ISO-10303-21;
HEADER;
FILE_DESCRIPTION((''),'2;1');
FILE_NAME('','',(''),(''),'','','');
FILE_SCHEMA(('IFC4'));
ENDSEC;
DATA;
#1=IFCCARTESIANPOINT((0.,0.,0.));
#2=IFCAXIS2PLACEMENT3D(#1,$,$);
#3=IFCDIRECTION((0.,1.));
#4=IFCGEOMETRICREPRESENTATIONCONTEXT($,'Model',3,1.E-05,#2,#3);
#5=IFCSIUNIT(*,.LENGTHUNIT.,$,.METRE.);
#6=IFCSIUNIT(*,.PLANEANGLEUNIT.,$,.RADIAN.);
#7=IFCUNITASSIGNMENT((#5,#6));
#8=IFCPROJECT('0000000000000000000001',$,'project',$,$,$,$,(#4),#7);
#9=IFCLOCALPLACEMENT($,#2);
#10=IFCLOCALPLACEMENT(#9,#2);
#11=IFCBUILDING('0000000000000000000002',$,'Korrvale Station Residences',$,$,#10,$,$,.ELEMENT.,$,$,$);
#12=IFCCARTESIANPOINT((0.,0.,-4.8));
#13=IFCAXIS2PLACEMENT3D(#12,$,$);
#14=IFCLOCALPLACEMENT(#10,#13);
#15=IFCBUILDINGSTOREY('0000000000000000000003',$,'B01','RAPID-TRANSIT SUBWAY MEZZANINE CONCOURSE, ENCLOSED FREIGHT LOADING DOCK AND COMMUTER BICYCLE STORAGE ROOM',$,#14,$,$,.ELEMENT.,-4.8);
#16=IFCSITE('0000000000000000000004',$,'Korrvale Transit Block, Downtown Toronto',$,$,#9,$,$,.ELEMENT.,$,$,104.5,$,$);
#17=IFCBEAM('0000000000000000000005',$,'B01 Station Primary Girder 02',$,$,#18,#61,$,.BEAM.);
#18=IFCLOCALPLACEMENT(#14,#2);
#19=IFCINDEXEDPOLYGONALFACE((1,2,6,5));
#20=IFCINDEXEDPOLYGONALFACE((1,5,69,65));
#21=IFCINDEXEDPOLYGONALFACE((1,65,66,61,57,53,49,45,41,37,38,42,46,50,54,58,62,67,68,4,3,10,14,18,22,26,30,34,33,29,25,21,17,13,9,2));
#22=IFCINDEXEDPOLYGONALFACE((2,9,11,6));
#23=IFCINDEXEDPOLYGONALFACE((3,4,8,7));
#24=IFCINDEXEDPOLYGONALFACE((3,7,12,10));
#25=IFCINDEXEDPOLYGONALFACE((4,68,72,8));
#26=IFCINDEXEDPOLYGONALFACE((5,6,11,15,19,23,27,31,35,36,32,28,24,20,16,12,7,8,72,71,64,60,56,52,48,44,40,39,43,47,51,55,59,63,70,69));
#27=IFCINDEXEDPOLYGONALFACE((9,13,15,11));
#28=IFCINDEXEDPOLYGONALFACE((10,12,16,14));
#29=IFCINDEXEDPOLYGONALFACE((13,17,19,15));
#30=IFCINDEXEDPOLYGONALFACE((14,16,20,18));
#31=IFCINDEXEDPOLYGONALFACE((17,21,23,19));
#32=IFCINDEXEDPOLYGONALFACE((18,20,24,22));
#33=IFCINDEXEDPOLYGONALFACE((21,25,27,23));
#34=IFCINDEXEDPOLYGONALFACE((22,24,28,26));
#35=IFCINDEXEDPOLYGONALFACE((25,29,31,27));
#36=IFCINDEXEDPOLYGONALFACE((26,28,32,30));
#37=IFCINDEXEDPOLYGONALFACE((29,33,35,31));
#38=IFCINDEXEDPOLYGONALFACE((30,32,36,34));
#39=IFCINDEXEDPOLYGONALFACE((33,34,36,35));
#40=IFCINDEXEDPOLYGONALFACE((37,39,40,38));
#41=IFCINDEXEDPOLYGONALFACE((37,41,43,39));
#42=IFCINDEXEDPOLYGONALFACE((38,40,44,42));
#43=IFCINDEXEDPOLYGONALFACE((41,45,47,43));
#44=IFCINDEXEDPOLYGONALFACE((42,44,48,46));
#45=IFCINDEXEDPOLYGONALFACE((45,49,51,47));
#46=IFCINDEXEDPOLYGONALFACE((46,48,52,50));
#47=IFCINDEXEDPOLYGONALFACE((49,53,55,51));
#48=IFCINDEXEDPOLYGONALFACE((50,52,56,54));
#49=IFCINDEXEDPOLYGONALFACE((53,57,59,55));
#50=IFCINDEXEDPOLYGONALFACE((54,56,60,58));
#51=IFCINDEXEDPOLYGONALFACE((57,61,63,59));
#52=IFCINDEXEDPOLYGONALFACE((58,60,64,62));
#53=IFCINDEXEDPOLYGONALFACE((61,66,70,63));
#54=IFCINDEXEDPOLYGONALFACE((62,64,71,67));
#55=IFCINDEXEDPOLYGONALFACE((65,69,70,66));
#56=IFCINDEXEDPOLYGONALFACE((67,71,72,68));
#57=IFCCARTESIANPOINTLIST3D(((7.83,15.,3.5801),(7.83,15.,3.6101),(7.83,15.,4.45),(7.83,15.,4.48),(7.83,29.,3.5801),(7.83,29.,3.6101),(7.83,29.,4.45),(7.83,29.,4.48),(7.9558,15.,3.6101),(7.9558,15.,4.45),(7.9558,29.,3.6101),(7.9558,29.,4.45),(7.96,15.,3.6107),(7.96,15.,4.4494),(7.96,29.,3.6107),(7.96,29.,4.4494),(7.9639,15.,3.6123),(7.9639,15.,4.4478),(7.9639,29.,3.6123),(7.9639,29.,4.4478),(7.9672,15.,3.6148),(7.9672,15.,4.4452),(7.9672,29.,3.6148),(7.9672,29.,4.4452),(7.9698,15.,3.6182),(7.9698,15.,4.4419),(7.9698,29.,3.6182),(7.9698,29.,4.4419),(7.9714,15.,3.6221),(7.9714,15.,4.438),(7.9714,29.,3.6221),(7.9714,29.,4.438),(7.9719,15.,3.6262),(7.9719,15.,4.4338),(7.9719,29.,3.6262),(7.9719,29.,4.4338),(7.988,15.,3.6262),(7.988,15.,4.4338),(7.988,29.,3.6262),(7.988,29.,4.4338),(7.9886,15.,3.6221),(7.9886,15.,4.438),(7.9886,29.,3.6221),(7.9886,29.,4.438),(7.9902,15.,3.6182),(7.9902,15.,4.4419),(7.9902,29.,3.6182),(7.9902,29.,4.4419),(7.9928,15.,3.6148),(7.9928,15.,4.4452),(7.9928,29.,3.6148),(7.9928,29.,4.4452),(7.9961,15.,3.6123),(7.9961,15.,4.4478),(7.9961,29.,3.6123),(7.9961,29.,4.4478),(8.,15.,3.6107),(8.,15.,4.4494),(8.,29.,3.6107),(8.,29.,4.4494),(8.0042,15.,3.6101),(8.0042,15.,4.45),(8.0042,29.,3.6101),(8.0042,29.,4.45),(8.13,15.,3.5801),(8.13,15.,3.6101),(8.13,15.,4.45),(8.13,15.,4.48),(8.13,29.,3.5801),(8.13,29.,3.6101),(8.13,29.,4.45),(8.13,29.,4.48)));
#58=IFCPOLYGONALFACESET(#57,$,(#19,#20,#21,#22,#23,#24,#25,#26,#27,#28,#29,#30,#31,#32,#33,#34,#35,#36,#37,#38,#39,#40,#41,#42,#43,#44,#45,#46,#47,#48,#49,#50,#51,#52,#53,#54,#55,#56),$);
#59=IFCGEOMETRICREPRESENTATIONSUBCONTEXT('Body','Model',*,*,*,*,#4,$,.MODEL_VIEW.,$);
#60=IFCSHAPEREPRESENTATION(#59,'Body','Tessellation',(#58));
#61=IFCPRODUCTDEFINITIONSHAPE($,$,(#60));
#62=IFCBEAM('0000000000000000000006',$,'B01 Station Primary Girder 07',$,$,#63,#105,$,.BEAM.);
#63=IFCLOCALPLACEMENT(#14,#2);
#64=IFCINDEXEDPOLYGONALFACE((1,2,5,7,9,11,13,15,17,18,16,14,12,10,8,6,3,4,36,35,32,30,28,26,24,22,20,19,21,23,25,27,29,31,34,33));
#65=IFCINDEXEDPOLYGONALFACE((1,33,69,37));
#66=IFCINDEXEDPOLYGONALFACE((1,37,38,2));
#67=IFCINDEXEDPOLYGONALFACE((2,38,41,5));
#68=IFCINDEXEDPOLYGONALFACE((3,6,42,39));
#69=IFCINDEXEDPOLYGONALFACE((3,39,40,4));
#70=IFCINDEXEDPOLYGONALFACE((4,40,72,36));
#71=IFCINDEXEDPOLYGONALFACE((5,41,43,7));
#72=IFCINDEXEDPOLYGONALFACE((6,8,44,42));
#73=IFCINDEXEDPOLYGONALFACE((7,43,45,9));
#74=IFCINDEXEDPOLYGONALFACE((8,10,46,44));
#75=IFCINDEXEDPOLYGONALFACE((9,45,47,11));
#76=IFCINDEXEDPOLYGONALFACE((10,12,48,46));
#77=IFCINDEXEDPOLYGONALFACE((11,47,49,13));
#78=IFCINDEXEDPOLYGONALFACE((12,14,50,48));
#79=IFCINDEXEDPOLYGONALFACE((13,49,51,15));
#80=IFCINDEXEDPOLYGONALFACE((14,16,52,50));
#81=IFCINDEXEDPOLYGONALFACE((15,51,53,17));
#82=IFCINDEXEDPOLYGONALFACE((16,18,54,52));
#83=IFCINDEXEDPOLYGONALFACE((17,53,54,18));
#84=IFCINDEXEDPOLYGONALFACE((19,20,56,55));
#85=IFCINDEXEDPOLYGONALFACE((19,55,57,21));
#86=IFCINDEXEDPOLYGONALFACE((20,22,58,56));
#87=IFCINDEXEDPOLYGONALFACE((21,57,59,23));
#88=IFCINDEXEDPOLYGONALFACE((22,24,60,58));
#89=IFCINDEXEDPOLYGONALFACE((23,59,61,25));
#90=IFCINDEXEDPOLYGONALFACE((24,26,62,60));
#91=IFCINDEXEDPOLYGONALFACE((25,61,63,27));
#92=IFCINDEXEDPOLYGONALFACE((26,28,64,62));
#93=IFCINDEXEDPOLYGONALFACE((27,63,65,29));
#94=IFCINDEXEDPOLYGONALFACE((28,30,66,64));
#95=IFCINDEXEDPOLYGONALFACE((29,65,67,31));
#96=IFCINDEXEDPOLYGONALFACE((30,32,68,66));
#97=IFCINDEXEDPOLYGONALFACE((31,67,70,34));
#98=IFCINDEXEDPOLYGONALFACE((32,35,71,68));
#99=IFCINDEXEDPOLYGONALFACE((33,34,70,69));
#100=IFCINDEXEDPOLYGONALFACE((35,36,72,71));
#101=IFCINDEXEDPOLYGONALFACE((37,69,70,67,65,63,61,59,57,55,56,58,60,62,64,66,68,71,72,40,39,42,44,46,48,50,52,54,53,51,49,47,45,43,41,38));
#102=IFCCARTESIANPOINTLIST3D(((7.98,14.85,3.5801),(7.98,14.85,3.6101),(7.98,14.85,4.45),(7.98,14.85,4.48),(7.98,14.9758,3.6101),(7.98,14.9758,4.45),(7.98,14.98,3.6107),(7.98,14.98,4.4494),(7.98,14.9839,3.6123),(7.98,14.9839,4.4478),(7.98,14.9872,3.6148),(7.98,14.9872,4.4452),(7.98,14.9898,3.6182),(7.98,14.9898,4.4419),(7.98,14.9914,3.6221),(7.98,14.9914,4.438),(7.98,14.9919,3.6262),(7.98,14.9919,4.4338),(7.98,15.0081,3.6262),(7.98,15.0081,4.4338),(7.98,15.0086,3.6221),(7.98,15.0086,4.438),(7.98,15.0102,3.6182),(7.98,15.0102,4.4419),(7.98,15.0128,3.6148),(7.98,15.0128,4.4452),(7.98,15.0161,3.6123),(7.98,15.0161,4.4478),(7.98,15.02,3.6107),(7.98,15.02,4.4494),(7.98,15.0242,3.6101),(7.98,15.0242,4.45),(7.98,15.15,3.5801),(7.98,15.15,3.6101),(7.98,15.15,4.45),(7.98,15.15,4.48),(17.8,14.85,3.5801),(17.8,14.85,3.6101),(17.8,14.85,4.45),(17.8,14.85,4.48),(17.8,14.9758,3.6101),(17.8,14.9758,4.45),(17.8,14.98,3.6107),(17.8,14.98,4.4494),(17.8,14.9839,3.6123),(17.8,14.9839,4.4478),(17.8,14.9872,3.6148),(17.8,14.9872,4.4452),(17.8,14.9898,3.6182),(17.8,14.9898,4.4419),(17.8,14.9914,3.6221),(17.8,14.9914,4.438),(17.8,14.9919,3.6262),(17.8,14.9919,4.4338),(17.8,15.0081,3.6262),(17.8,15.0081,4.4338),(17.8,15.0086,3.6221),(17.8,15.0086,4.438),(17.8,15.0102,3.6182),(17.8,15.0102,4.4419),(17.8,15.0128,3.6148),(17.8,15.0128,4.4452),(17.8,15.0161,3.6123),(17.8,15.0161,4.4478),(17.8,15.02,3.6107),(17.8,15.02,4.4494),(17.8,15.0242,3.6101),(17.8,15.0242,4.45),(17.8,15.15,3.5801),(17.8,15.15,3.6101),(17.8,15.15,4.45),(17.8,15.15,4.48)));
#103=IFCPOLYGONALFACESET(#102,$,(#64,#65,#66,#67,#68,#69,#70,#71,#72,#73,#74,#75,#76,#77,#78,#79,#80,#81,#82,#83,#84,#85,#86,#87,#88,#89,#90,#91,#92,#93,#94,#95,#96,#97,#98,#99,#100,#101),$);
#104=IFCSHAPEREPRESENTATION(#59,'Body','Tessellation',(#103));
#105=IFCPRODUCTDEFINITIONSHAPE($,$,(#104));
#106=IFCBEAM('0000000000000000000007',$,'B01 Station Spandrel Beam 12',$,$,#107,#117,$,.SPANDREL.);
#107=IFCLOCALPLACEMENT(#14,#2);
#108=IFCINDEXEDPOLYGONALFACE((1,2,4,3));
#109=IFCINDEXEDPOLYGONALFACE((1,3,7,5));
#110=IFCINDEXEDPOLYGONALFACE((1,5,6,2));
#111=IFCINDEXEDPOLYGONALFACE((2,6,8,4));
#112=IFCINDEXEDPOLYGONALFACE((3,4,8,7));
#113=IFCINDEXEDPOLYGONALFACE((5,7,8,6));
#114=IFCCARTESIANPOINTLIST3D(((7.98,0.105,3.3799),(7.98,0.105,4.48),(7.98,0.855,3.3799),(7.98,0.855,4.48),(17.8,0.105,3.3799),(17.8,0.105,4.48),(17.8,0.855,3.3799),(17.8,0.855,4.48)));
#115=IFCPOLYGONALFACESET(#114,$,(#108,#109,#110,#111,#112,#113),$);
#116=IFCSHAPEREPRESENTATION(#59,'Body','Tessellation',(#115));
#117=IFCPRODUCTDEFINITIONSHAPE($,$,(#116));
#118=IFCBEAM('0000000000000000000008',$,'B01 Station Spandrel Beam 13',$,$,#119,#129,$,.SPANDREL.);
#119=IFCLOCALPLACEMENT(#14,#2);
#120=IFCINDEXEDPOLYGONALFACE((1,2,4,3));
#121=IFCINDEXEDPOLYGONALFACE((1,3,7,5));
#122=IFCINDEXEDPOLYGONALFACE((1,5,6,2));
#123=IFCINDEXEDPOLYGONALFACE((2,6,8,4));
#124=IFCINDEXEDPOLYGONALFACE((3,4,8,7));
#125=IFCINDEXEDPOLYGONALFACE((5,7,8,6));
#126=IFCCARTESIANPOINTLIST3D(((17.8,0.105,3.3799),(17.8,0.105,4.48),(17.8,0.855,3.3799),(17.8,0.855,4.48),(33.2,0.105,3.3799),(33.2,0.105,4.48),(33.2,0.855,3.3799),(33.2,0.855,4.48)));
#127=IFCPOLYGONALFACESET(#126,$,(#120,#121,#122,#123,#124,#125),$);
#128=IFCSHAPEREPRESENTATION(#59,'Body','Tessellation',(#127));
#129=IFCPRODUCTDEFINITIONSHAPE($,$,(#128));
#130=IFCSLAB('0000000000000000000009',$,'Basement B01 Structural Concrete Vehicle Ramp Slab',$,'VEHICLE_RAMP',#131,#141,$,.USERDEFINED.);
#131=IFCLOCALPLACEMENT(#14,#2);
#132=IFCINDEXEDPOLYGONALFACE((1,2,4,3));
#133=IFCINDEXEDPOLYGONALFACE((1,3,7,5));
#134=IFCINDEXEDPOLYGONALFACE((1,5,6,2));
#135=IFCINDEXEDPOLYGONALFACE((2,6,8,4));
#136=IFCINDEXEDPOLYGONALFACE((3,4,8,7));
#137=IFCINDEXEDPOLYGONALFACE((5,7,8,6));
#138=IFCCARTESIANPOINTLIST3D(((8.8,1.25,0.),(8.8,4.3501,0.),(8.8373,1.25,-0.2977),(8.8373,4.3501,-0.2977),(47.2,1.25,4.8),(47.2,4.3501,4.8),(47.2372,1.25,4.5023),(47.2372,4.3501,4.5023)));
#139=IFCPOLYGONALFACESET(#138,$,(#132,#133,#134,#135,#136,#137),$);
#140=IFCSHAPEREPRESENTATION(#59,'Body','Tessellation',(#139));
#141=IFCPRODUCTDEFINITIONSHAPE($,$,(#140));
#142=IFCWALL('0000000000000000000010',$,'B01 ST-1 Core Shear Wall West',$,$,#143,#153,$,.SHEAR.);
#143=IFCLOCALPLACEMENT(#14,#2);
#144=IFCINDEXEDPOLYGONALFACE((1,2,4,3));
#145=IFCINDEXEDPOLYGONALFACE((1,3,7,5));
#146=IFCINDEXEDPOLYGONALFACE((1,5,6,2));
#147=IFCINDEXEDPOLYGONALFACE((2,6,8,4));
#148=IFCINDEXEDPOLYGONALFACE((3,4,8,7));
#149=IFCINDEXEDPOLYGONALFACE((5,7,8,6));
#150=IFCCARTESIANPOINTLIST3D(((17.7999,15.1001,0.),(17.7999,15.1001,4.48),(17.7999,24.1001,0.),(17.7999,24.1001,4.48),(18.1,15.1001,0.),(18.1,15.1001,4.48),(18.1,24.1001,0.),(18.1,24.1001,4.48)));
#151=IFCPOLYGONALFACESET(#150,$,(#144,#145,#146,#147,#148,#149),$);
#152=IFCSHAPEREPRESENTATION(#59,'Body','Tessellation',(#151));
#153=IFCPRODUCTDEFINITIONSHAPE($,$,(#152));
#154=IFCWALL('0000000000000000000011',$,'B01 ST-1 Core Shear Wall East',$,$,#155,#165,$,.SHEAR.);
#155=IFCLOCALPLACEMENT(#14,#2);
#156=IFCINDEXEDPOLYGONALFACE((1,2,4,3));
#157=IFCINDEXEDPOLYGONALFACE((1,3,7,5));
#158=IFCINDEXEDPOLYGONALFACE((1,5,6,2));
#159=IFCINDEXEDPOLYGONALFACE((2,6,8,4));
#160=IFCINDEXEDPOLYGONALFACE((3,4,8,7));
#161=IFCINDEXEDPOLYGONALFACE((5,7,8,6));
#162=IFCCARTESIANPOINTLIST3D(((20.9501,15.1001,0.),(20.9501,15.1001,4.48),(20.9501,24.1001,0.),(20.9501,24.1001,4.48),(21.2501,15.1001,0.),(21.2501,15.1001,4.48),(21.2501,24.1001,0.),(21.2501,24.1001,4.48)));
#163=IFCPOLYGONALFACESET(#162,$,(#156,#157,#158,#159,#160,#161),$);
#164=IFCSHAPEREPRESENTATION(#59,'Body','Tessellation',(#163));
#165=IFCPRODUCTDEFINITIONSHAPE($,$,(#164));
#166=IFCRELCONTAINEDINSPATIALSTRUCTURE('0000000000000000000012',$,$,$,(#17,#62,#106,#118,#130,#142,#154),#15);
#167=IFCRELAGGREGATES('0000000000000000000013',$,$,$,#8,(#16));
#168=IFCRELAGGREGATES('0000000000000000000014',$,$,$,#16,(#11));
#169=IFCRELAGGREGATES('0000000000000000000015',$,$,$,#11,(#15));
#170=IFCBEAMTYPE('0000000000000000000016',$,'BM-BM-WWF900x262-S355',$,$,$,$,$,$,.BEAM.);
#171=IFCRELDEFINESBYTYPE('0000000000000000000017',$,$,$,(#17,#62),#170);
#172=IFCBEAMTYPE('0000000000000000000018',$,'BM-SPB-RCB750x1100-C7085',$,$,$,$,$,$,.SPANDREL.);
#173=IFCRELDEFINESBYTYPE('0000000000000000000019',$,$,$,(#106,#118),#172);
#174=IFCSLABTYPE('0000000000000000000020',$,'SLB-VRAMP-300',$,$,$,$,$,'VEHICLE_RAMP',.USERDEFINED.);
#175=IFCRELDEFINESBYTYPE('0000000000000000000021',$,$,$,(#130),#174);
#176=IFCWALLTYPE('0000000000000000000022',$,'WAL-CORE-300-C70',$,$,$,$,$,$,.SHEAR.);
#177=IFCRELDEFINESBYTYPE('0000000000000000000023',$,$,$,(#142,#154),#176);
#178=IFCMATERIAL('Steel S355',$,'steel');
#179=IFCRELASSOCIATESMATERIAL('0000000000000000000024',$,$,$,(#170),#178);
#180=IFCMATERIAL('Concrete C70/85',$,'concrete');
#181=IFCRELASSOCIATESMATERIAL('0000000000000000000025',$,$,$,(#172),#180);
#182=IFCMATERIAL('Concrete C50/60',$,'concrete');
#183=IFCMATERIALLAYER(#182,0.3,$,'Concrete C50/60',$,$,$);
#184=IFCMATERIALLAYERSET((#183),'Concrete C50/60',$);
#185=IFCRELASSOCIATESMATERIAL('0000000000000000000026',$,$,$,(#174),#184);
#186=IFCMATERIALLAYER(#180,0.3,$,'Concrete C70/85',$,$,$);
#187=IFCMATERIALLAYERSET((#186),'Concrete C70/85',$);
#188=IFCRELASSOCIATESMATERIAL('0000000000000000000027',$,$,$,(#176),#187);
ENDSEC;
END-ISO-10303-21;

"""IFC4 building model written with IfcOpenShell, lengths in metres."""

from ifc_helpers import new_model, si_unit, direction, frame, frame_2d, origin, origin_2d, place, context, subcontext, project, spatial, polyline, rectangle, i_section, outline, extrude, material, layer, layer_set, material_profile, profile_set, type_object, element, save


model = new_model("IFC4")

# Units and contexts
model_context = context("Model", 3, precision=1e-05, world=origin(), true_north=direction((0.0, 1.0)))
body_context = subcontext(model_context, "Body", "Model", "MODEL_VIEW")
ifc_project = project(units=[si_unit("LENGTHUNIT", "METRE"), si_unit("PLANEANGLEUNIT", "RADIAN")], contexts=[model_context])

# Site, building, storey
site_placement = place(None, origin())
site = spatial("IfcSite", under=ifc_project, at=site_placement, Name="Korrvale Transit Block, Downtown Toronto", CompositionType="ELEMENT", RefElevation=104.5)
building_placement = place(site_placement, origin())
building = spatial("IfcBuilding", under=site, at=building_placement, Name="Korrvale Station Residences", CompositionType="ELEMENT")
storey_placement = place(building_placement, frame((0.0, 0.0, -4.8)))
storey = spatial("IfcBuildingStorey", under=building, at=storey_placement, Name="B01", Description="RAPID-TRANSIT SUBWAY MEZZANINE CONCOURSE, ENCLOSED FREIGHT LOADING DOCK AND COMMUTER BICYCLE STORAGE ROOM", CompositionType="ELEMENT", Elevation=-4.8)

# Shared definitions
ifc_material_1 = material(Name="Concrete C70/85", Category="concrete")
ifc_material_2 = material(Name="Concrete C50/60", Category="concrete")

# Beams
ifc_material_3 = material(Name="Steel S355", Category="steel")
ifc_material_profile_1 = material_profile(ifc_material_3, i_section(OverallWidth=0.3, OverallDepth=0.8999, WebThickness=0.0161, FlangeThickness=0.03, FilletRadius=0.0161, at=origin_2d()), Name="WWF900x262")
ifc_profile_set_1 = profile_set([ifc_material_profile_1], Name="Steel S355")
beam_type_1 = type_object("IfcBeamType", Name="BM-BM-WWF900x262-S355", PredefinedType="BEAM", material=ifc_profile_set_1)
beam_1_placement = place(storey_placement, frame((7.98, 15.0, 4.03), z_axis=(0.0, 1.0, 0.0), x_axis=(-1.0, 0.0, 0.0)))
element("IfcBeam", 1, at=beam_1_placement, inside=storey, type_object=beam_type_1, Name="B01 Station Primary Girder 02", PredefinedType="BEAM", context=body_context, shape_type="SweptSolid", body=[
    extrude(i_section(OverallWidth=0.3, OverallDepth=0.8999, WebThickness=0.0161, FlangeThickness=0.03, FilletRadius=0.0161, at=origin_2d()), origin(), (0.0, 0.0, 1.0), 14.0),
])
beam_2_placement = place(storey_placement, frame((7.98, 15.0, 4.03), z_axis=(1.0, 0.0, 0.0), x_axis=(0.0, 1.0, 0.0)))
element("IfcBeam", 2, at=beam_2_placement, inside=storey, type_object=beam_type_1, Name="B01 Station Primary Girder 07", PredefinedType="BEAM", context=body_context, shape_type="SweptSolid", body=[
    extrude(i_section(OverallWidth=0.3, OverallDepth=0.8999, WebThickness=0.0161, FlangeThickness=0.03, FilletRadius=0.0161, at=origin_2d()), origin(), (0.0, 0.0, 1.0), 9.8201),
])
ifc_material_profile_2 = material_profile(ifc_material_1, rectangle(XDim=0.75, YDim=1.1001, at=origin_2d()), Name="RCB750x1100")
ifc_profile_set_2 = profile_set([ifc_material_profile_2], Name="Concrete C70/85")
beam_type_2 = type_object("IfcBeamType", Name="BM-SPB-RCB750x1100-C7085", PredefinedType="SPANDREL", material=ifc_profile_set_2)
beam_3_placement = place(storey_placement, frame((7.98, 0.48, 3.9299), z_axis=(1.0, 0.0, 0.0), x_axis=(0.0, 1.0, 0.0)))
element("IfcBeam", 3, at=beam_3_placement, inside=storey, type_object=beam_type_2, Name="B01 Station Spandrel Beam 12", PredefinedType="SPANDREL", context=body_context, shape_type="SweptSolid", body=[
    extrude(rectangle(XDim=0.75, YDim=1.1001, at=origin_2d()), origin(), (0.0, 0.0, 1.0), 9.8201),
])
beam_4_placement = place(storey_placement, frame((17.8, 0.48, 3.9299), z_axis=(1.0, 0.0, 0.0), x_axis=(0.0, 1.0, 0.0)))
element("IfcBeam", 4, at=beam_4_placement, inside=storey, type_object=beam_type_2, Name="B01 Station Spandrel Beam 13", PredefinedType="SPANDREL", context=body_context, shape_type="SweptSolid", body=[
    extrude(rectangle(XDim=0.75, YDim=1.1001, at=origin_2d()), origin(), (0.0, 0.0, 1.0), 15.3999),
])

# Slab
ifc_layer_1 = layer(ifc_material_2, 0.3, Name="Concrete C50/60")
ifc_layer_set_1 = layer_set([ifc_layer_1], Name="Concrete C50/60")
slab_type = type_object("IfcSlabType", Name="SLB-VRAMP-300", ElementType="VEHICLE_RAMP", PredefinedType="USERDEFINED", material=ifc_layer_set_1)
slab_placement = place(storey_placement, frame((8.8, 1.25, 0.0), z_axis=(-0.124036, 0.0, 0.992278), x_axis=(0.992278, 0.0, 0.124036)))
element("IfcSlab", 5, at=slab_placement, inside=storey, type_object=slab_type, Name="Basement B01 Structural Concrete Vehicle Ramp Slab", ObjectType="VEHICLE_RAMP", PredefinedType="USERDEFINED", context=body_context, shape_type="SweptSolid", body=[
    extrude(outline(polyline([(0.0, 0.0), (38.6987, 0.0), (38.6987, 3.1001), (0.0, 3.1001), (0.0, 0.0)])), origin(), (0.0, 0.0, -1.0), 0.3),
])

# Walls
ifc_layer_2 = layer(ifc_material_1, 0.3, Name="Concrete C70/85")
ifc_layer_set_2 = layer_set([ifc_layer_2], Name="Concrete C70/85")
wall_type_1 = type_object("IfcWallType", Name="WAL-CORE-300-C70", PredefinedType="SHEAR", material=ifc_layer_set_2)
for number, where, z_axis, x_axis, name in (
    (6, (17.95, 15.1001, 0.0), (0.0, 0.0, 1.0), (0.0, 1.0, 0.0), "B01 ST-1 Core Shear Wall West"),
    (7, (21.1001, 15.1001, 0.0), (0.0, 0.0, 1.0), (0.0, 1.0, 0.0), "B01 ST-1 Core Shear Wall East"),
):
    element("IfcWall", number, at=place(storey_placement, frame(where, z_axis=z_axis, x_axis=x_axis)), inside=storey, type_object=wall_type_1, Name=name, PredefinedType="SHEAR", context=body_context, shape_type="SweptSolid", body=[
        extrude(rectangle(XDim=9.0, YDim=0.3, at=frame_2d((4.5, 0.0))), origin(), (0.0, 0.0, 1.0), 4.48),
    ])

save(model, "model.ifc")
